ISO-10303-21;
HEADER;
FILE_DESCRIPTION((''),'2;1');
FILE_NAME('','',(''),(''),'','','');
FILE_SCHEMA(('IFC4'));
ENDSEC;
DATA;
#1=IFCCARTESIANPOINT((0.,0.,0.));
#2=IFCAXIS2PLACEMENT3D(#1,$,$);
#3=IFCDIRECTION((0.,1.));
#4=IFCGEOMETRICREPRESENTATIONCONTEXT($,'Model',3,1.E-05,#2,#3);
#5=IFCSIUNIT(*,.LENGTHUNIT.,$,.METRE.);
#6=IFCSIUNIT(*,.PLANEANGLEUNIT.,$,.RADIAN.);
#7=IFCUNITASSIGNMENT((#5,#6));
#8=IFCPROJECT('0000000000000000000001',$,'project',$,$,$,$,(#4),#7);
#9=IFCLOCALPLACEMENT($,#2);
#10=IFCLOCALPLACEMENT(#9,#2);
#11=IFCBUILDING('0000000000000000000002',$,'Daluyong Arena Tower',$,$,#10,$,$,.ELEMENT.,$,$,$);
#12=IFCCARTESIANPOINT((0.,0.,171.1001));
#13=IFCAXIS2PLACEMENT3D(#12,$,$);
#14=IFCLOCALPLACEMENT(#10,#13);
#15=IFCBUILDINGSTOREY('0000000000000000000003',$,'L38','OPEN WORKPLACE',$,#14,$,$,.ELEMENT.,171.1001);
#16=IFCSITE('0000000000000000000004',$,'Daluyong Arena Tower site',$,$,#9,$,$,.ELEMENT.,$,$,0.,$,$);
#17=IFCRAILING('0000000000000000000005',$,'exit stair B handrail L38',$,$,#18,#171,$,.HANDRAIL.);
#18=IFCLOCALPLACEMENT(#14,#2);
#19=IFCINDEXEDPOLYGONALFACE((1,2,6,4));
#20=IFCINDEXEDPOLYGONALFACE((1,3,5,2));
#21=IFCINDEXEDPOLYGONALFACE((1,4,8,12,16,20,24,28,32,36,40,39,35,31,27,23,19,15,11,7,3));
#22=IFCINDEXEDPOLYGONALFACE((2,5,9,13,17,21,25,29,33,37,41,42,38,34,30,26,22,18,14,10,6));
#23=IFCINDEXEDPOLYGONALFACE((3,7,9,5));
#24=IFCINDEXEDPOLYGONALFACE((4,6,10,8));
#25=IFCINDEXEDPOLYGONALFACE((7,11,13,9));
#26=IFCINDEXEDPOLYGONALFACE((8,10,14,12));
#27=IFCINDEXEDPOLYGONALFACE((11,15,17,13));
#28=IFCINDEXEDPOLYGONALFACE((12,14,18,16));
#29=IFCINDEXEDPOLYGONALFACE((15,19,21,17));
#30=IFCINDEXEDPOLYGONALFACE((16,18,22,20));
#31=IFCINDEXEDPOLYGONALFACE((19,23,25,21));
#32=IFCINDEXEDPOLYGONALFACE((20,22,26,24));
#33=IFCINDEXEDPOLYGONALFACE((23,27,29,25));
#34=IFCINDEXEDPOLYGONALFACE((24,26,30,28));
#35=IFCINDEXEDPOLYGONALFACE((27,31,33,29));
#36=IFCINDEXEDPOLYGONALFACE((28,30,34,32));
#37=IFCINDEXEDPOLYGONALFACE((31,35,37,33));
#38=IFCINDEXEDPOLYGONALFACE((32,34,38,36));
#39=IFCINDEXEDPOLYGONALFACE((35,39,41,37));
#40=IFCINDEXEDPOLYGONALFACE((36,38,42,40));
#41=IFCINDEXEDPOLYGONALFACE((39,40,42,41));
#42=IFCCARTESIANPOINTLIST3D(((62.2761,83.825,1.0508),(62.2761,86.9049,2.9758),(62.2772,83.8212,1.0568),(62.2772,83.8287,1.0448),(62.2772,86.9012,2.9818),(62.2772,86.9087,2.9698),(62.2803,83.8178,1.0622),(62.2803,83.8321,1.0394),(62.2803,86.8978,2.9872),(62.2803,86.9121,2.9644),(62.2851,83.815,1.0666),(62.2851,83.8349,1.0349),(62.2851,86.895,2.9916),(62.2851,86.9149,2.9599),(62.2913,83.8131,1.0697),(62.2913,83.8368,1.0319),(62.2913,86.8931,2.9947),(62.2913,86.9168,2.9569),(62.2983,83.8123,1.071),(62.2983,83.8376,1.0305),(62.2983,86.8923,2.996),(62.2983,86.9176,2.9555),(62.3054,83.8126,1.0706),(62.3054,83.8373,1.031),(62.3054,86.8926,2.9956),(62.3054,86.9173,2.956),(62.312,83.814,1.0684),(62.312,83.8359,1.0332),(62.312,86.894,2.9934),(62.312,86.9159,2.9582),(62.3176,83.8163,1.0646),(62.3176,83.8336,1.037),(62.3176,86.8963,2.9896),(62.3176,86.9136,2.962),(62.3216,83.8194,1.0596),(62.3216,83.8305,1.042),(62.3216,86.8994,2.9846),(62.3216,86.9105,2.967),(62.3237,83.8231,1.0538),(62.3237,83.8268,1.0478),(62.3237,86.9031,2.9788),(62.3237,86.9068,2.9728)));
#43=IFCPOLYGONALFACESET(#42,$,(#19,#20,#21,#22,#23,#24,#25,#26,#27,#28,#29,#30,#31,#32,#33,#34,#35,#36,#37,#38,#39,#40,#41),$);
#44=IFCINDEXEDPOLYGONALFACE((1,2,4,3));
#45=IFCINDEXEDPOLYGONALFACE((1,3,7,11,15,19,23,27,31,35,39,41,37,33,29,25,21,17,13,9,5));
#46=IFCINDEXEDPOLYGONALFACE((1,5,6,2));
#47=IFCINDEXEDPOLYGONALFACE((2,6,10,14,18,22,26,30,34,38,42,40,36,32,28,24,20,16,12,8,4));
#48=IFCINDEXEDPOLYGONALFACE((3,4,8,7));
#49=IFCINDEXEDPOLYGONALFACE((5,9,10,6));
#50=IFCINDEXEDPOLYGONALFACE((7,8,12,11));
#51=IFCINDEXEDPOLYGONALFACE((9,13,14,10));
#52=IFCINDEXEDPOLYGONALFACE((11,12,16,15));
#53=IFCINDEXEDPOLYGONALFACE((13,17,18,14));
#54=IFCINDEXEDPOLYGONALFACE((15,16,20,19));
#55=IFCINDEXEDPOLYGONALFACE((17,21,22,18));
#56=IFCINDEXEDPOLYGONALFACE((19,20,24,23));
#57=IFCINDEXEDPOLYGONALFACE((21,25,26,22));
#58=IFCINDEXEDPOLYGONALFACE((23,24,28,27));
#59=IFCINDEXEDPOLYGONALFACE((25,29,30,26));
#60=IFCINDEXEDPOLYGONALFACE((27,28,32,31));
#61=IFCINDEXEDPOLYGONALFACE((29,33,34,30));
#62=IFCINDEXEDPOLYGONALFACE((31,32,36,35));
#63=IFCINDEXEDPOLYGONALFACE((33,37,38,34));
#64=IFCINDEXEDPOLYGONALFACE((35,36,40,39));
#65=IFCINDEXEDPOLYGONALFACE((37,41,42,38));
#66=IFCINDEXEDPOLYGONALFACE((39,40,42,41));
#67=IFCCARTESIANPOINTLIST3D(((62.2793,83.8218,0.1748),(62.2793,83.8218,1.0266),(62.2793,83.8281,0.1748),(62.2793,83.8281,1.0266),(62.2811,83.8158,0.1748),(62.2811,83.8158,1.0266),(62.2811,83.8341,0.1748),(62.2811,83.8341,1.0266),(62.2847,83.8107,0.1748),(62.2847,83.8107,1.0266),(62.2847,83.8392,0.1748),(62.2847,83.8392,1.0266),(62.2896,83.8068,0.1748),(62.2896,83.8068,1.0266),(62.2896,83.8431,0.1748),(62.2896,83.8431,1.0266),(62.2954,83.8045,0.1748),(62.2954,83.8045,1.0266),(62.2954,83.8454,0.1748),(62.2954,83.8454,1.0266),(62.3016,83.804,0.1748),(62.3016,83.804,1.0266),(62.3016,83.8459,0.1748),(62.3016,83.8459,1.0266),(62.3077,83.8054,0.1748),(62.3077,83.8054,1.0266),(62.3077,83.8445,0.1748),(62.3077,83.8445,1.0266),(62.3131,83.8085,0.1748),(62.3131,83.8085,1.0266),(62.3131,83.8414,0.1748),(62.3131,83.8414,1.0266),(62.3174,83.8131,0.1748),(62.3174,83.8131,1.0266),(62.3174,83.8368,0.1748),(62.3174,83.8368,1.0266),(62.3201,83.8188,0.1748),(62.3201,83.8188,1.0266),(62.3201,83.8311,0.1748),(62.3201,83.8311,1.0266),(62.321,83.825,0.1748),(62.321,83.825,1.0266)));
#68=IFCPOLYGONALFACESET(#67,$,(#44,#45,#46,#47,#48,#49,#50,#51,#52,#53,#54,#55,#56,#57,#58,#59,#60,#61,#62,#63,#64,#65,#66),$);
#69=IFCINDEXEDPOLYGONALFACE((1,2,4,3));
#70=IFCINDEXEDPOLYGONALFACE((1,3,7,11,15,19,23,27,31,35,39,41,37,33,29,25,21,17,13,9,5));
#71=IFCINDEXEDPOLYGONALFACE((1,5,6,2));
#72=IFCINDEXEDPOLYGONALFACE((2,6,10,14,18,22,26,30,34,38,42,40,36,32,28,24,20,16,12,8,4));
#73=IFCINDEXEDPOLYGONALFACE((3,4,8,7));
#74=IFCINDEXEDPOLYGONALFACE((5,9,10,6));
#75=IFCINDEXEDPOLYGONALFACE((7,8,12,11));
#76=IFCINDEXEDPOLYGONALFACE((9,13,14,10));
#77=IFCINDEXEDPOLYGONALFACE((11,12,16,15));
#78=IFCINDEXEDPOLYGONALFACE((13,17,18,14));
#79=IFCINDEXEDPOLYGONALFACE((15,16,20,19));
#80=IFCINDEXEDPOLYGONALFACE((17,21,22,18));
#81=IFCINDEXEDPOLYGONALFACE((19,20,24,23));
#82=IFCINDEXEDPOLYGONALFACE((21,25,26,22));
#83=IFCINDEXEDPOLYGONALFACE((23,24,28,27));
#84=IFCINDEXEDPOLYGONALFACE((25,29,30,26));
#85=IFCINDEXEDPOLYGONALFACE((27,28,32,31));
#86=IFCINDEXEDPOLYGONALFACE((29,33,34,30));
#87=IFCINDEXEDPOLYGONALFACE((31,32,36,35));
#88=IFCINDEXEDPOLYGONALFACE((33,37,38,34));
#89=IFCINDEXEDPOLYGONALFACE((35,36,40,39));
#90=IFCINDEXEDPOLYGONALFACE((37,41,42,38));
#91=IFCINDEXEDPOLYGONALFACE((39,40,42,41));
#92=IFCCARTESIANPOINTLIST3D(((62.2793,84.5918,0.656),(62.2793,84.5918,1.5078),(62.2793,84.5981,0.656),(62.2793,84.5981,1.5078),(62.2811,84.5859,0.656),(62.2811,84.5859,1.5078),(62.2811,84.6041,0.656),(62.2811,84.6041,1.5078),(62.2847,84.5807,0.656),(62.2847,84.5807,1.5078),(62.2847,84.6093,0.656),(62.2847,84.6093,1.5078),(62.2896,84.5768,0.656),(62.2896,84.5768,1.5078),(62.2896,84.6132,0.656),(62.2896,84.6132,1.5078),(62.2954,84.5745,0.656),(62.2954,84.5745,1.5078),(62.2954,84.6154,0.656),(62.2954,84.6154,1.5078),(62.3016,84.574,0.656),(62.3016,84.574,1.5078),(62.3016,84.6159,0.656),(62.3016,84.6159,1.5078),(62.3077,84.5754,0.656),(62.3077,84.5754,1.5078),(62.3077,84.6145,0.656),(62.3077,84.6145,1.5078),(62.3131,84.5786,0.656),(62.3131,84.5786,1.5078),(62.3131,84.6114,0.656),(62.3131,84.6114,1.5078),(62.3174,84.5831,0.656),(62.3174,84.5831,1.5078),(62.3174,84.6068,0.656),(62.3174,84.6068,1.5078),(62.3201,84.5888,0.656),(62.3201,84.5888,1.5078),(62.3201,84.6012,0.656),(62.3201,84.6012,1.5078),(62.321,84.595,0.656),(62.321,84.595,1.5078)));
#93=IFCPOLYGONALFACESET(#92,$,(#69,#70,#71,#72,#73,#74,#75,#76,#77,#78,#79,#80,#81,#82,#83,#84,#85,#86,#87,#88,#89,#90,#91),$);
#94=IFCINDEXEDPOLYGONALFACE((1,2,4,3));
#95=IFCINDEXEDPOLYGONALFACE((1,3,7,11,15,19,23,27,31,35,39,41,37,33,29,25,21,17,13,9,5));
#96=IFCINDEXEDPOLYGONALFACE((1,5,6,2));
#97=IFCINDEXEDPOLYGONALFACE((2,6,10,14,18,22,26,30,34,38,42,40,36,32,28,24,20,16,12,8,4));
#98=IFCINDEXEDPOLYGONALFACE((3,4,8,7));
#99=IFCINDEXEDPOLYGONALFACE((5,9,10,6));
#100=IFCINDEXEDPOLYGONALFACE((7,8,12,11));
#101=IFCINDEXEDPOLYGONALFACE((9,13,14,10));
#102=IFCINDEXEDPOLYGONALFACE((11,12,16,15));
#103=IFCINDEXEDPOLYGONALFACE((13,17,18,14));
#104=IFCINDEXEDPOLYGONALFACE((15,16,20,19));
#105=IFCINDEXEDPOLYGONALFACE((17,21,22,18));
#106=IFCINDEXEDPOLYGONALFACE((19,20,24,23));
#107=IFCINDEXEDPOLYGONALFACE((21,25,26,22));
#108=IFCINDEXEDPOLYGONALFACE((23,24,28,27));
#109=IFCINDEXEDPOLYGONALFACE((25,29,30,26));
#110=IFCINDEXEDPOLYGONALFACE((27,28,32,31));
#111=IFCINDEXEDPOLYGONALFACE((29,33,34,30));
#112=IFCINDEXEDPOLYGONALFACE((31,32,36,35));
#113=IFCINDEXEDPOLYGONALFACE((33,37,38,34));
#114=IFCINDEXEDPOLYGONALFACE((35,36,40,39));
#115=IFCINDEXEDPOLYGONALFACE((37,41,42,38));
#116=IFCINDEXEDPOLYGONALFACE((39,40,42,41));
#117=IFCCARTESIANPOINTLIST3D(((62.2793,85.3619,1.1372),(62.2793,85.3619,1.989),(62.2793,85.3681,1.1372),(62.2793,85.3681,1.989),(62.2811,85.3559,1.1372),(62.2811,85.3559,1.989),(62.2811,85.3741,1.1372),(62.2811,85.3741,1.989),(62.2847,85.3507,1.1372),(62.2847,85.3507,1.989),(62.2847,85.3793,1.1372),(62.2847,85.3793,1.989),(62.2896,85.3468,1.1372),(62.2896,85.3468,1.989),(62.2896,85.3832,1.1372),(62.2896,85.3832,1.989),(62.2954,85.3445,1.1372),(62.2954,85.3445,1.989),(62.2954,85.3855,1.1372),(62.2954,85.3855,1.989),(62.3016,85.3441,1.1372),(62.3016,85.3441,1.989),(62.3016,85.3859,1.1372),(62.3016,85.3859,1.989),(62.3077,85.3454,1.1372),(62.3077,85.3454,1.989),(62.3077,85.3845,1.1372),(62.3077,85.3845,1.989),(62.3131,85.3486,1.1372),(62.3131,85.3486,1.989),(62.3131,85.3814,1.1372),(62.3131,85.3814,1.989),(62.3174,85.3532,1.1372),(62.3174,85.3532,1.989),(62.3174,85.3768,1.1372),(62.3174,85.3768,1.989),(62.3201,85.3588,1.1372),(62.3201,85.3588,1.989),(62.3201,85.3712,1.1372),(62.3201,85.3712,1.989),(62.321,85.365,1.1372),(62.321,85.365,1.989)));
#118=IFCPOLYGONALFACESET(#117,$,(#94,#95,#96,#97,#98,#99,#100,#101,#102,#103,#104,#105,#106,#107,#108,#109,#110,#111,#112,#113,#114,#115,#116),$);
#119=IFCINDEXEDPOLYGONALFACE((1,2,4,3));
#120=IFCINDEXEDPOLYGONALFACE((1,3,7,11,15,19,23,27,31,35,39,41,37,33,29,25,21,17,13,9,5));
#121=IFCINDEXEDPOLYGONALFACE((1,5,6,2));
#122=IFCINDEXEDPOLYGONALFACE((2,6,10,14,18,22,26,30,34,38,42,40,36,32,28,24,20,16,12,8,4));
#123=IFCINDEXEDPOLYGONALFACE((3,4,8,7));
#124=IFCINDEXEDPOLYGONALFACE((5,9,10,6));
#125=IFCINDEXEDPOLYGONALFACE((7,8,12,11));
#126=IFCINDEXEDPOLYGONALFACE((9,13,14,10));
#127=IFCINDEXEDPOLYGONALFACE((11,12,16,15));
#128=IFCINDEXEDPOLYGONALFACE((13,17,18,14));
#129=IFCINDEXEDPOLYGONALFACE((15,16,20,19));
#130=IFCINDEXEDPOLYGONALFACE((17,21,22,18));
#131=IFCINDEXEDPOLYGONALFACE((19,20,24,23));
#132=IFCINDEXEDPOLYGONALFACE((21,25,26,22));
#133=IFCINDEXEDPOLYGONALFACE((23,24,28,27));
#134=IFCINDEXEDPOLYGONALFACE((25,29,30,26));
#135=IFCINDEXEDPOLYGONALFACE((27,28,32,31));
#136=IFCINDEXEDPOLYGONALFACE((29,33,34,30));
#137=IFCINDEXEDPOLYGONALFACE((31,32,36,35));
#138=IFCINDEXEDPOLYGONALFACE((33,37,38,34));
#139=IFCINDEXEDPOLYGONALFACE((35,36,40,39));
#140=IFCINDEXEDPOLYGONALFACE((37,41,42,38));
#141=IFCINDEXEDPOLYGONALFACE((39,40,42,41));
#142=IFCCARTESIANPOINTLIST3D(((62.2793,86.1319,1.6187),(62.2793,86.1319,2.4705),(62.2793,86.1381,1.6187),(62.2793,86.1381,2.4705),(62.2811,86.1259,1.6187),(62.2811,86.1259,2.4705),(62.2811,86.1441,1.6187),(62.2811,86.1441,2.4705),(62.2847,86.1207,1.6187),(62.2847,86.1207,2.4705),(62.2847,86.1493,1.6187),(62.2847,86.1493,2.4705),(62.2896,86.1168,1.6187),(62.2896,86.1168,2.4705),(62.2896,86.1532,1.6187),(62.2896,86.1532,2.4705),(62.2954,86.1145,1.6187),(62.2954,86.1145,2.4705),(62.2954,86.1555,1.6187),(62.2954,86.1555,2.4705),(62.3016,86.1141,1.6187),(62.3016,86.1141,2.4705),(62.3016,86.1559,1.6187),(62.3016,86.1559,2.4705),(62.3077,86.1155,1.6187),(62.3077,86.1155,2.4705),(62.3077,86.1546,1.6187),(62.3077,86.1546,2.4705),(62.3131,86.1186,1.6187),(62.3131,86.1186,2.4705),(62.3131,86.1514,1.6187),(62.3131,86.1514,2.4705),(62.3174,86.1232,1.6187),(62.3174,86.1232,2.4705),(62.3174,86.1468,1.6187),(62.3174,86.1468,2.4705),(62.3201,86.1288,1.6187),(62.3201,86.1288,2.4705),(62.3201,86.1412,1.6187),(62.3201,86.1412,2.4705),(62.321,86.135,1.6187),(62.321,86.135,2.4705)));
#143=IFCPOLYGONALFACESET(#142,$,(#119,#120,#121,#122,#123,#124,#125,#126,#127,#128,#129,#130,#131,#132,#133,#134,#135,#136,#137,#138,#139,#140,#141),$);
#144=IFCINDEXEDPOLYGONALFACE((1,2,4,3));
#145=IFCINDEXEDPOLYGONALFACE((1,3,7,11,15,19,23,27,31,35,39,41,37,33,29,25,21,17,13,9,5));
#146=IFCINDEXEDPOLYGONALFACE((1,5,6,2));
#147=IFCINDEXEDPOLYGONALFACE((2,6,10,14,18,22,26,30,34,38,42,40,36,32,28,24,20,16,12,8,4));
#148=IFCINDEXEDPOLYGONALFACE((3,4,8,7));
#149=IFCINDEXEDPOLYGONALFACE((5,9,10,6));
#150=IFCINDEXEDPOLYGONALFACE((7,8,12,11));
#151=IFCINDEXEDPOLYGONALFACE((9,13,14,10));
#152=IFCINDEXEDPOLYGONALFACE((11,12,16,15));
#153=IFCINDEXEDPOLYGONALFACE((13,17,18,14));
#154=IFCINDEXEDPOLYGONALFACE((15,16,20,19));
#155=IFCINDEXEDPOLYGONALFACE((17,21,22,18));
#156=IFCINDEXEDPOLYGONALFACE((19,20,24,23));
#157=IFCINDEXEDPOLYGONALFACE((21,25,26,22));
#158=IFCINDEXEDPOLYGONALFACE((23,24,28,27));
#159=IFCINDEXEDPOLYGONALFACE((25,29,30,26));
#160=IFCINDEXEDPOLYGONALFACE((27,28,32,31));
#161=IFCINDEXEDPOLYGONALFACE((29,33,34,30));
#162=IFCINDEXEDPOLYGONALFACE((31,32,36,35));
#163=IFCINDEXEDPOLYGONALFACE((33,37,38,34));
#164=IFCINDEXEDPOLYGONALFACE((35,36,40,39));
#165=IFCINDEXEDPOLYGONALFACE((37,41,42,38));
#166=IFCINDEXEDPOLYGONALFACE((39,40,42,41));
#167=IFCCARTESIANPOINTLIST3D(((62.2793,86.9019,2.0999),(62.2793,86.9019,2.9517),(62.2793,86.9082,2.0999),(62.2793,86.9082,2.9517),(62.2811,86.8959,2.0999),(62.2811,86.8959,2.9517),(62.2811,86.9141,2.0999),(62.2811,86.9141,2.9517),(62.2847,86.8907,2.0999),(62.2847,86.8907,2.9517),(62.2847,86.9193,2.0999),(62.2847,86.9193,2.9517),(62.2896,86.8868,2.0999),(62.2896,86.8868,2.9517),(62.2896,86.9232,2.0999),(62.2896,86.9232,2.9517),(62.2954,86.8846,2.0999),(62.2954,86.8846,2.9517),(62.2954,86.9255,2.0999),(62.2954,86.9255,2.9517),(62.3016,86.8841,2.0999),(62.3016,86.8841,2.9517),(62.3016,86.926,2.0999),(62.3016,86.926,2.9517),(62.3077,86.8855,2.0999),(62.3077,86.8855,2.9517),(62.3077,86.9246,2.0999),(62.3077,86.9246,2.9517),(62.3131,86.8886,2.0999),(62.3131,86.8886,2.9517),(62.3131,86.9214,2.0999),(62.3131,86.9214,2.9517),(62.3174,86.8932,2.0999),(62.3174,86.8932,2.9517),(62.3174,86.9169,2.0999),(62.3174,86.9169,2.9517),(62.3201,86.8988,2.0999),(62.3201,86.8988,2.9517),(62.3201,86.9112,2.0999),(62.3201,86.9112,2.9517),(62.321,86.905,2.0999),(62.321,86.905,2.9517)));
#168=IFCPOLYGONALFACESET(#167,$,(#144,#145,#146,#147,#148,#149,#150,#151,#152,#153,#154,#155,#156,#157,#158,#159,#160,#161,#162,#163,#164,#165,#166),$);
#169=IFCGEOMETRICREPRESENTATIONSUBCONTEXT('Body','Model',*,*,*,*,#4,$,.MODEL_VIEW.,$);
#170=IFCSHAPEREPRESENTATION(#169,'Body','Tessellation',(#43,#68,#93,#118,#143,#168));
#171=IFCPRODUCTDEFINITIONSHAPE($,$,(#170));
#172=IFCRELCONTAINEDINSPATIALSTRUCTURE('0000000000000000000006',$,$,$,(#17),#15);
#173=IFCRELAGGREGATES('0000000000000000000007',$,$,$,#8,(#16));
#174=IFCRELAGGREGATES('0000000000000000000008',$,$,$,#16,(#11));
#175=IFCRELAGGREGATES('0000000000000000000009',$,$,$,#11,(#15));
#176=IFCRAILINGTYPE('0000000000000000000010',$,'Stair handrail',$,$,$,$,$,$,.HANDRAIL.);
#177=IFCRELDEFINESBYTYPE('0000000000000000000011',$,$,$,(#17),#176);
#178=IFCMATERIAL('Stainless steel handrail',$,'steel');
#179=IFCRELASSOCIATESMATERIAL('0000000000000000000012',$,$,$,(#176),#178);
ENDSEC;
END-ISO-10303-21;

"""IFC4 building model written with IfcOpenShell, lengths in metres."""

from ifc_helpers import new_model, si_unit, direction, frame, origin, origin_2d, place, context, subcontext, project, spatial, circle, extrude, material, type_object, element, save


model = new_model("IFC4")

# Units and contexts
model_context = context("Model", 3, precision=1e-05, world=origin(), true_north=direction((0.0, 1.0)))
body_context = subcontext(model_context, "Body", "Model", "MODEL_VIEW")
ifc_project = project(units=[si_unit("LENGTHUNIT", "METRE"), si_unit("PLANEANGLEUNIT", "RADIAN")], contexts=[model_context])

# Site, building, storey
site_placement = place(None, origin())
site = spatial("IfcSite", under=ifc_project, at=site_placement, Name="Daluyong Arena Tower site", CompositionType="ELEMENT", RefElevation=0.0)
building_placement = place(site_placement, origin())
building = spatial("IfcBuilding", under=site, at=building_placement, Name="Daluyong Arena Tower", CompositionType="ELEMENT")
storey_placement = place(building_placement, frame((0.0, 0.0, 171.1001)))
storey = spatial("IfcBuildingStorey", under=building, at=storey_placement, Name="L38", Description="OPEN WORKPLACE", CompositionType="ELEMENT", Elevation=171.1001)

# Railing
ifc_material_1 = material(Name="Stainless steel handrail", Category="steel")
railing_type_1 = type_object("IfcRailingType", Name="Stair handrail", PredefinedType="HANDRAIL", material=ifc_material_1)
railing_1_placement = place(storey_placement, frame((62.3, 83.825, 0.1748)))
element("IfcRailing", 1, at=railing_1_placement, inside=storey, type_object=railing_type_1, Name="exit stair B handrail L38", PredefinedType="HANDRAIL", context=body_context, shape_type="SweptSolid", body=[
    extrude(circle(Radius=0.0239, at=origin_2d()), frame((0.0, 0.0, 0.876), z_axis=(0.0, 0.847998, 0.529999), x_axis=(-1.0, 0.0, 0.0)), (0.0, 0.0, 1.0), 3.6321),
    extrude(circle(Radius=0.021, at=origin_2d()), origin(), (0.0, 0.0, 1.0), 0.8518),
    extrude(circle(Radius=0.021, at=origin_2d()), frame((0.0, 0.77, 0.4812)), (0.0, 0.0, 1.0), 0.8518),
    extrude(circle(Radius=0.021, at=origin_2d()), frame((0.0, 1.54, 0.9624)), (0.0, 0.0, 1.0), 0.8518),
    extrude(circle(Radius=0.021, at=origin_2d()), frame((0.0, 2.3101, 1.4438)), (0.0, 0.0, 1.0), 0.8518),
    extrude(circle(Radius=0.021, at=origin_2d()), frame((0.0, 3.0801, 1.925)), (0.0, 0.0, 1.0), 0.8518),
])

save(model, "model.ifc")
